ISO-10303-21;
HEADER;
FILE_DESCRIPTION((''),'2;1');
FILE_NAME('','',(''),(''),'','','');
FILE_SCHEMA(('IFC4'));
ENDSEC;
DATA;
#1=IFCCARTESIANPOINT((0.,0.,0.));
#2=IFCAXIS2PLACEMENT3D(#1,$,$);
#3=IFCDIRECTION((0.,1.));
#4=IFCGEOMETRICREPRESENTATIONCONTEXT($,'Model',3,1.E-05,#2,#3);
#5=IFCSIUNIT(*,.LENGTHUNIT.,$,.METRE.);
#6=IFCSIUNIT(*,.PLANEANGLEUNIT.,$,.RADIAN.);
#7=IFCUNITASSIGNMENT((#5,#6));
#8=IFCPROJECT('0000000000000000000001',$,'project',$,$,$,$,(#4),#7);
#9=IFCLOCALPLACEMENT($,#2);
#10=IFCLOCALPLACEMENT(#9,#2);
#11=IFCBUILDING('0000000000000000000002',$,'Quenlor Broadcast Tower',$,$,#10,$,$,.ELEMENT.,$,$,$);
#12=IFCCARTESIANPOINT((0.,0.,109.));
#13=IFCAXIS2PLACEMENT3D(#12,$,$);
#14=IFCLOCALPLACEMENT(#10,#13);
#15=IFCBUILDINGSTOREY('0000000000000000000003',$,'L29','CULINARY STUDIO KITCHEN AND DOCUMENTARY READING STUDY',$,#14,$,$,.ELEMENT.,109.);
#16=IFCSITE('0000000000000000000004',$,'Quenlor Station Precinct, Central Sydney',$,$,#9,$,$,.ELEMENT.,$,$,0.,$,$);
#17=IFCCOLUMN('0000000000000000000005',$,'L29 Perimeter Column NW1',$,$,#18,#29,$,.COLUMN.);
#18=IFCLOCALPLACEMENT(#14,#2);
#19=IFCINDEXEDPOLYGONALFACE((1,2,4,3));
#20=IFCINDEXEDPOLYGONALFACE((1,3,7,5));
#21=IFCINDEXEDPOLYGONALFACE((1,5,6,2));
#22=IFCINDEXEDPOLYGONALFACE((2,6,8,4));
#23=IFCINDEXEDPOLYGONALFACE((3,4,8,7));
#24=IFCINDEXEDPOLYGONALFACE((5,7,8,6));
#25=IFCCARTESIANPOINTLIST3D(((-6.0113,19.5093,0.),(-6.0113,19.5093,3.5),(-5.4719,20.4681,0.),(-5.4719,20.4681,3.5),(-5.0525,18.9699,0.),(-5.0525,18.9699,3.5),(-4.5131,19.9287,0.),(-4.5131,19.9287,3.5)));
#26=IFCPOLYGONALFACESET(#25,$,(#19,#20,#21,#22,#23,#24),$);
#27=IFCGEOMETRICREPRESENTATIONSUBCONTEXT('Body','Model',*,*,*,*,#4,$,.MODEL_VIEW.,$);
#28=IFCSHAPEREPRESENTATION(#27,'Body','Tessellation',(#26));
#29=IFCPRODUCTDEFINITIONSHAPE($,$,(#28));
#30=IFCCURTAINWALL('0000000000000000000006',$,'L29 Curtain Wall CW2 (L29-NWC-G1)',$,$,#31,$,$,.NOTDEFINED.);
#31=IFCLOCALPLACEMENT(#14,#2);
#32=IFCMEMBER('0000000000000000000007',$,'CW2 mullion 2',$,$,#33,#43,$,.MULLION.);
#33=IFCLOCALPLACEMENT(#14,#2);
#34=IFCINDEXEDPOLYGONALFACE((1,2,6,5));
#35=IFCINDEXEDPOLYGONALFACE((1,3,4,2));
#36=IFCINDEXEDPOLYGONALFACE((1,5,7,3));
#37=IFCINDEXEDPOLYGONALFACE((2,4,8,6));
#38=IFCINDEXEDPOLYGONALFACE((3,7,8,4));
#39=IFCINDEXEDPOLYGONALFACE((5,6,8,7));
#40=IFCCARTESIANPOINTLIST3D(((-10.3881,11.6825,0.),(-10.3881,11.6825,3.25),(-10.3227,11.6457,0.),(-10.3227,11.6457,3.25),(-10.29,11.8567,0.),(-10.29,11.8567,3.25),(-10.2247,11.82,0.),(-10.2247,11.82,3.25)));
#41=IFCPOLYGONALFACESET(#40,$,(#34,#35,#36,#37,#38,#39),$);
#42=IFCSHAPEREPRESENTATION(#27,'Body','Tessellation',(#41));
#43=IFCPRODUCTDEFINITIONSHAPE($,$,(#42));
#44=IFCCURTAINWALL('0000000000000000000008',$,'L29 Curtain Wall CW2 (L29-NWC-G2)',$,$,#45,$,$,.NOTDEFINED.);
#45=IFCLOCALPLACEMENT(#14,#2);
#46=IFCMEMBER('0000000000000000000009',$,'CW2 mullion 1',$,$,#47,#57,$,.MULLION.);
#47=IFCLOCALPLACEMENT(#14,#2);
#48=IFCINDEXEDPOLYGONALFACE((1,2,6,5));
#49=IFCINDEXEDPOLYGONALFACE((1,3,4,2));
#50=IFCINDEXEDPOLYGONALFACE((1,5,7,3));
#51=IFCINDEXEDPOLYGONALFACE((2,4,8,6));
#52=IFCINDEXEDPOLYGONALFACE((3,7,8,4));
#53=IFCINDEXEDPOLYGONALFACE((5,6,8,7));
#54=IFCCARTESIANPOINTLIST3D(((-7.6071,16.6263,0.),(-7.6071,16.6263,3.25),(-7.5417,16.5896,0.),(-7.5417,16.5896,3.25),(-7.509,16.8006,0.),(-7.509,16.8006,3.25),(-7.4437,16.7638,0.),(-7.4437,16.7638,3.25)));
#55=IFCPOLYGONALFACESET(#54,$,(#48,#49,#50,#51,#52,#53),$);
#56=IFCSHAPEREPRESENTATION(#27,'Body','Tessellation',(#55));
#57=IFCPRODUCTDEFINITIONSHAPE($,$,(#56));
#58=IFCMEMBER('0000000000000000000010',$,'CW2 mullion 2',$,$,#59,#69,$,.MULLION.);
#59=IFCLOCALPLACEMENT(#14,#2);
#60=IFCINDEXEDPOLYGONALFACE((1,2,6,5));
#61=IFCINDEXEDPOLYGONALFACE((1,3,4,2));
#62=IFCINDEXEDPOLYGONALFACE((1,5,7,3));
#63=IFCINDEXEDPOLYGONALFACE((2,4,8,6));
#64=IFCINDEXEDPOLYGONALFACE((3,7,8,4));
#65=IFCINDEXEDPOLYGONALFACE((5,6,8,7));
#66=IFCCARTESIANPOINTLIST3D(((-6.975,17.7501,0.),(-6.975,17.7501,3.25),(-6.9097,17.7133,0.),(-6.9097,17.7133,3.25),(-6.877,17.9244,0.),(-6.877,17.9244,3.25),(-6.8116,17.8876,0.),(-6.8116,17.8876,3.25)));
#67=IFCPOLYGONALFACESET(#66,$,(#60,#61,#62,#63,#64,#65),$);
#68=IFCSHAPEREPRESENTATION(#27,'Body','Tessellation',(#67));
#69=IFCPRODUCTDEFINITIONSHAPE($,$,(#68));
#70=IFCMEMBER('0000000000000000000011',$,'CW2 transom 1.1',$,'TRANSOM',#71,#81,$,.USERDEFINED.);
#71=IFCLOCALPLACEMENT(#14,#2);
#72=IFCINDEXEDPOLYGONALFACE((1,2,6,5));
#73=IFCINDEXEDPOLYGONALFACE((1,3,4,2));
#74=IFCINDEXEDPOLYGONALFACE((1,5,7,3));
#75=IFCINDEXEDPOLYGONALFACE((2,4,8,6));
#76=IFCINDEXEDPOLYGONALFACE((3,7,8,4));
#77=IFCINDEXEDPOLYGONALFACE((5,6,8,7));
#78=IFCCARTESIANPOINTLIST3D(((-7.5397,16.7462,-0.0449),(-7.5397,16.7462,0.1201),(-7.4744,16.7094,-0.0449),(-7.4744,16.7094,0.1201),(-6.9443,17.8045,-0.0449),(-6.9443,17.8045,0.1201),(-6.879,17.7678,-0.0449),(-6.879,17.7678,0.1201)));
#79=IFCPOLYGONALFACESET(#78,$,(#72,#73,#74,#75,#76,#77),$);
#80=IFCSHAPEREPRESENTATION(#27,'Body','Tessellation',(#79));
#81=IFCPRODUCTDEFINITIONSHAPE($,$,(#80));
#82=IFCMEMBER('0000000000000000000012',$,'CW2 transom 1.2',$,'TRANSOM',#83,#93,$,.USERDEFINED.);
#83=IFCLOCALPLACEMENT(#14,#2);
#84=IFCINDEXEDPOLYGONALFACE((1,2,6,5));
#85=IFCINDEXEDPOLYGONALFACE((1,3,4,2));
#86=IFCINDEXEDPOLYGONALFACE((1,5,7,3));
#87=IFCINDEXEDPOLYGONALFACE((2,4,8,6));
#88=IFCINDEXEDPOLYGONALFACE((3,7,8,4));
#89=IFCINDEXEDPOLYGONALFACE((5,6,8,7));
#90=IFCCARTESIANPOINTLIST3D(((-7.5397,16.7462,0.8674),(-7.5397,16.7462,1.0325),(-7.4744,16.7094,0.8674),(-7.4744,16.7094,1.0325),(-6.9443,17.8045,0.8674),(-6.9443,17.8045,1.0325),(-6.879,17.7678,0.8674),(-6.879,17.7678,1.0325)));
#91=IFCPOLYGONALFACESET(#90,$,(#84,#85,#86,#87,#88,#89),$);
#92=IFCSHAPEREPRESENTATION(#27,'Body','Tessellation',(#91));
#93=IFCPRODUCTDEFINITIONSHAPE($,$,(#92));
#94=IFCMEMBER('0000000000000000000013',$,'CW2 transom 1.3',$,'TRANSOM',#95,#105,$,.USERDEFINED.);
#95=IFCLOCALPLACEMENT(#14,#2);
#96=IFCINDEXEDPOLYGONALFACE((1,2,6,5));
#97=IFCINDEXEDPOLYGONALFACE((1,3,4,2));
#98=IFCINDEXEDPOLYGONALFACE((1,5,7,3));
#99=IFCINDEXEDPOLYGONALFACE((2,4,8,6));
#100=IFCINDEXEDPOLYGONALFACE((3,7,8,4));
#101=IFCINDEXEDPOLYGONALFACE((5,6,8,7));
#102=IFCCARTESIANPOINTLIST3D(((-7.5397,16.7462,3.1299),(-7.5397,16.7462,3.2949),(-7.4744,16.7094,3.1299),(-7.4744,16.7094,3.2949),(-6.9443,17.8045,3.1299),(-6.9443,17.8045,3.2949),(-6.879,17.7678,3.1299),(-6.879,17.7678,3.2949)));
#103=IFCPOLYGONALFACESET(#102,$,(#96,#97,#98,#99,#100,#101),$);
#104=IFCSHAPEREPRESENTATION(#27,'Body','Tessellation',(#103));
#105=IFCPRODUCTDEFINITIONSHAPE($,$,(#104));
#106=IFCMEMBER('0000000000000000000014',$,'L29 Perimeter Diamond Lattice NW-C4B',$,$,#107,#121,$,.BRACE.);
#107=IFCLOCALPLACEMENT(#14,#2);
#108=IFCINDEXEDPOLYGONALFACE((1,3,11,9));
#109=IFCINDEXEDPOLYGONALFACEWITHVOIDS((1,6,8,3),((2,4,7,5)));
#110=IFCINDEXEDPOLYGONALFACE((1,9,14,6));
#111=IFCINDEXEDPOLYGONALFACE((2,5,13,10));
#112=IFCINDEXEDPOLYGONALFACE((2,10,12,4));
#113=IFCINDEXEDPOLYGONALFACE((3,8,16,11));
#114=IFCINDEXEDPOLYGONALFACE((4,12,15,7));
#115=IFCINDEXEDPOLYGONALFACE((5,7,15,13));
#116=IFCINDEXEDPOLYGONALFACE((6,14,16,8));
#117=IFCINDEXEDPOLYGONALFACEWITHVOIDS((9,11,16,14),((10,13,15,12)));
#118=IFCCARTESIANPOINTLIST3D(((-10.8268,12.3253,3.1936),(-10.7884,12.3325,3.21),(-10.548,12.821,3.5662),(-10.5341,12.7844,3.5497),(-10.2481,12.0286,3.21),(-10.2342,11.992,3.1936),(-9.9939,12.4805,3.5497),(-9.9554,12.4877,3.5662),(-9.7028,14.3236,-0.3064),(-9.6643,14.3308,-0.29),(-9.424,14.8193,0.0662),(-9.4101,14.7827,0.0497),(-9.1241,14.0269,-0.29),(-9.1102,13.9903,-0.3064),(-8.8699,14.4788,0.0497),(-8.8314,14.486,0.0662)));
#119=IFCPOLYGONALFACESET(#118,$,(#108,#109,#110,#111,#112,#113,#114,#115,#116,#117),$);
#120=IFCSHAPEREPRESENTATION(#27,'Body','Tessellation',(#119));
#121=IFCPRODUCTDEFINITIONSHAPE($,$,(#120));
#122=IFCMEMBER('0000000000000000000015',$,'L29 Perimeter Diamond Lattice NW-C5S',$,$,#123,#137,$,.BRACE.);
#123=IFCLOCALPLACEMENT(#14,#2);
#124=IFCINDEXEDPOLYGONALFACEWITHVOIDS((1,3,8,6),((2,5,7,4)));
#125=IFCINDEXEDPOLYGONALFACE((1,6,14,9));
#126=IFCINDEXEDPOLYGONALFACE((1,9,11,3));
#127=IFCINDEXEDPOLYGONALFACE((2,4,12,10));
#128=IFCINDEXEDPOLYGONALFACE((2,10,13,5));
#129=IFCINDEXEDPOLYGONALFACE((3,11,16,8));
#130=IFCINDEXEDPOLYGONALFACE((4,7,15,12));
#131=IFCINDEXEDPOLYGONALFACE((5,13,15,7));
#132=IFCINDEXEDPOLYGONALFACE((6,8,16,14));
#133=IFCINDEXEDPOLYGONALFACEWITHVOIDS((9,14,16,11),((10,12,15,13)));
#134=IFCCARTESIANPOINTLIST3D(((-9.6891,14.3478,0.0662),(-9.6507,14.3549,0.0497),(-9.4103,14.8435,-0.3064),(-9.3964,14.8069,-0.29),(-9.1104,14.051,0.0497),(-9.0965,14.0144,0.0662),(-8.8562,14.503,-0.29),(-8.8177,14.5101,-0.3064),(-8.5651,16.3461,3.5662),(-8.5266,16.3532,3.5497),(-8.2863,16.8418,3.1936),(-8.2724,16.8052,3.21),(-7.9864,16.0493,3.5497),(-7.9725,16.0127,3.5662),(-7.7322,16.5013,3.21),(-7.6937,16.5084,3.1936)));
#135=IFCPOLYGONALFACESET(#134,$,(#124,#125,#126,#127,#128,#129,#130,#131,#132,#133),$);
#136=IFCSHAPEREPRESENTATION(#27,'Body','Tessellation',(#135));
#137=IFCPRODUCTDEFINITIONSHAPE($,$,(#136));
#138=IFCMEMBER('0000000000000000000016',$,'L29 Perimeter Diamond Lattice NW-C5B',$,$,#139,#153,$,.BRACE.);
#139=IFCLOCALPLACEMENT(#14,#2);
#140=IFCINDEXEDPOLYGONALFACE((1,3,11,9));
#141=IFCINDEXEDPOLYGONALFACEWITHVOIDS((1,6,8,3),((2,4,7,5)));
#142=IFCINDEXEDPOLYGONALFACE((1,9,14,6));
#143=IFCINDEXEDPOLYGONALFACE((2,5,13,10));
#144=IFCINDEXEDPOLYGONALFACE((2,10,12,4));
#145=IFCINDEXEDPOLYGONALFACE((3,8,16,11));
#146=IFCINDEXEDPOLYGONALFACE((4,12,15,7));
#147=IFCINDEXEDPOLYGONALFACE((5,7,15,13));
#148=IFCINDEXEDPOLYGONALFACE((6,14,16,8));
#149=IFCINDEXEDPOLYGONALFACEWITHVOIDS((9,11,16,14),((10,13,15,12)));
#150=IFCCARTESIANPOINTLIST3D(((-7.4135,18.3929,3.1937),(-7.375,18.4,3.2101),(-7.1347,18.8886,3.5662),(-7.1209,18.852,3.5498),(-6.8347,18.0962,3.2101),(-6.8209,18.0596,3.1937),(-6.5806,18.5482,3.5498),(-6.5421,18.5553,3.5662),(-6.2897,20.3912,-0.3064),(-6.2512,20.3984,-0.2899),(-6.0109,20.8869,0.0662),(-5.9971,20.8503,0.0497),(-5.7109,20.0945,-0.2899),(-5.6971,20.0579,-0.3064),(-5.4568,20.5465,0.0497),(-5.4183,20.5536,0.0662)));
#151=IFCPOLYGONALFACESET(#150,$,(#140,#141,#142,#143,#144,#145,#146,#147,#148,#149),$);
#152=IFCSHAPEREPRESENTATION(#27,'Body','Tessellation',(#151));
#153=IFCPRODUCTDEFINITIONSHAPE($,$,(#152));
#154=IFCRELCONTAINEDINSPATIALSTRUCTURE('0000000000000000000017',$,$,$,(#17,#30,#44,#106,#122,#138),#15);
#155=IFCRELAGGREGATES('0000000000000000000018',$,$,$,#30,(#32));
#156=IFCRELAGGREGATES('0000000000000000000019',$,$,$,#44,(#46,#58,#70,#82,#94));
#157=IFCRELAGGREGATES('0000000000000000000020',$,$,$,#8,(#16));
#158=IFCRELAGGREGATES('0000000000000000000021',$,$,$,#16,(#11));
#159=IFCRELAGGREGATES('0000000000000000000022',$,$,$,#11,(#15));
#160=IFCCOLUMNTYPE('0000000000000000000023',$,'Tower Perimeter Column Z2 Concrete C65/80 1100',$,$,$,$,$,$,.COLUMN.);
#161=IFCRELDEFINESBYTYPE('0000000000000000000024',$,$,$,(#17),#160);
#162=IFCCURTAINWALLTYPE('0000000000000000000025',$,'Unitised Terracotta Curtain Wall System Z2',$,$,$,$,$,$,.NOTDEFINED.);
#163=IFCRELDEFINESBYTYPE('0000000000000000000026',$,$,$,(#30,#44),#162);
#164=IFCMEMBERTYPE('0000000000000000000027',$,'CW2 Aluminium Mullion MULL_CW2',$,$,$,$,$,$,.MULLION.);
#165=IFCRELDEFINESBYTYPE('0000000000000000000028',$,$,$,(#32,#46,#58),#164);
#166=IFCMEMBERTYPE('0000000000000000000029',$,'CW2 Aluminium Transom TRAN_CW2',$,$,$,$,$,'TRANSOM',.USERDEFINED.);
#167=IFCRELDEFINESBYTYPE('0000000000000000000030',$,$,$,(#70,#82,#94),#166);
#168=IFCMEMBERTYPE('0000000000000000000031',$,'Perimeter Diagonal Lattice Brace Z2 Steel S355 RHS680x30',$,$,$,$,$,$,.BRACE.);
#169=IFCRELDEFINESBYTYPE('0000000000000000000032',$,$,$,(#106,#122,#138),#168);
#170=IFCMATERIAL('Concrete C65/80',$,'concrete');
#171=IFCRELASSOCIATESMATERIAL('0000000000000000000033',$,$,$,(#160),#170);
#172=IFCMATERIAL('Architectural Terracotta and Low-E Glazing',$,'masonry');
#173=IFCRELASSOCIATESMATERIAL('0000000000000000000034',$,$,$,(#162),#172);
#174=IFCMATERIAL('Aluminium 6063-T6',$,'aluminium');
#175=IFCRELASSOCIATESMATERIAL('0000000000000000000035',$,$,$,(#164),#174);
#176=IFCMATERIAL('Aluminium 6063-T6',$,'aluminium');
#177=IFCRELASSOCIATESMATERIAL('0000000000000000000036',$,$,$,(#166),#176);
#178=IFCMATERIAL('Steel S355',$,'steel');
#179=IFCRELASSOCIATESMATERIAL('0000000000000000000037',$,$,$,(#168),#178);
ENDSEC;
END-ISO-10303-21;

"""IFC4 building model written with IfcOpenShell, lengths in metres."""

from ifc_helpers import new_model, si_unit, direction, frame, origin, origin_2d, place, context, subcontext, project, spatial, rectangle, hollow_rectangle, extrude, material, material_profile, profile_set, type_object, element, aggregate, save


model = new_model("IFC4")

# Units and contexts
model_context = context("Model", 3, precision=1e-05, world=origin(), true_north=direction((0.0, 1.0)))
body_context = subcontext(model_context, "Body", "Model", "MODEL_VIEW")
ifc_project = project(units=[si_unit("LENGTHUNIT", "METRE"), si_unit("PLANEANGLEUNIT", "RADIAN")], contexts=[model_context])

# Site, building, storey
site_placement = place(None, origin())
site = spatial("IfcSite", under=ifc_project, at=site_placement, Name="Quenlor Station Precinct, Central Sydney", CompositionType="ELEMENT", RefElevation=0.0)
building_placement = place(site_placement, origin())
building = spatial("IfcBuilding", under=site, at=building_placement, Name="Quenlor Broadcast Tower", CompositionType="ELEMENT")
storey_placement = place(building_placement, frame((0.0, 0.0, 109.0)))
storey = spatial("IfcBuildingStorey", under=building, at=storey_placement, Name="L29", Description="CULINARY STUDIO KITCHEN AND DOCUMENTARY READING STUDY", CompositionType="ELEMENT", Elevation=109.0)

# Column
ifc_material_1 = material(Name="Concrete C65/80", Category="concrete")
ifc_material_profile_1 = material_profile(ifc_material_1, rectangle(XDim=1.1001, YDim=1.1001, at=origin_2d()))
ifc_profile_set_1 = profile_set([ifc_material_profile_1], Name="Concrete C65/80 RC1100x1100")
column_type = type_object("IfcColumnType", Name="Tower Perimeter Column Z2 Concrete C65/80 1100", PredefinedType="COLUMN", material=ifc_profile_set_1)
column_placement = place(storey_placement, frame((-5.2622, 19.719, 0.0), z_axis=(0.0, 0.0, 1.0), x_axis=(-0.871575, 0.490262, 0.0)))
element("IfcColumn", 1, at=column_placement, inside=storey, type_object=column_type, Name="L29 Perimeter Column NW1", PredefinedType="COLUMN", context=body_context, shape_type="SweptSolid", body=[
    extrude(rectangle(XDim=1.1001, YDim=1.1001, at=origin_2d()), origin(), (0.0, 0.0, 1.0), 3.5),
])

# Curtain wall, member
ifc_material_2 = material(Name="Architectural Terracotta and Low-E Glazing", Category="masonry")
curtain_wall_type = type_object("IfcCurtainWallType", Name="Unitised Terracotta Curtain Wall System Z2", PredefinedType="NOTDEFINED", material=ifc_material_2)
curtain_wall_1_placement = place(storey_placement, origin())
curtain_wall_1 = element("IfcCurtainWall", 2, at=curtain_wall_1_placement, inside=storey, type_object=curtain_wall_type, Name="L29 Curtain Wall CW2 (L29-NWC-G1)", PredefinedType="NOTDEFINED")
ifc_material_3 = material(Name="Aluminium 6063-T6", Category="aluminium")
ifc_material_profile_2 = material_profile(ifc_material_3, rectangle(XDim=0.075, YDim=0.2, at=origin_2d()))
ifc_profile_set_2 = profile_set([ifc_material_profile_2], Name="Aluminium 6063-T6 MULL75x200")
member_type_1 = type_object("IfcMemberType", Name="CW2 Aluminium Mullion MULL_CW2", PredefinedType="MULLION", material=ifc_profile_set_2)
member_1_placement = place(storey_placement, frame((-10.3064, 11.7512, 0.0), z_axis=(0.0, 0.0, 1.0), x_axis=(-0.871581, 0.490252, 0.0)))
member_1 = element("IfcMember", 3, at=member_1_placement, type_object=member_type_1, Name="CW2 mullion 2", PredefinedType="MULLION", context=body_context, shape_type="SweptSolid", body=[
    extrude(rectangle(XDim=0.075, YDim=0.2, at=origin_2d()), origin(), (0.0, 0.0, 1.0), 3.25),
])

# Curtain wall, members
curtain_wall_2_placement = place(storey_placement, origin())
curtain_wall_2 = element("IfcCurtainWall", 4, at=curtain_wall_2_placement, inside=storey, type_object=curtain_wall_type, Name="L29 Curtain Wall CW2 (L29-NWC-G2)", PredefinedType="NOTDEFINED")
member_2_placement = place(storey_placement, frame((-7.5254, 16.6951, 0.0), z_axis=(0.0, 0.0, 1.0), x_axis=(-0.871583, 0.490247, 0.0)))
member_2 = element("IfcMember", 5, at=member_2_placement, type_object=member_type_1, Name="CW2 mullion 1", PredefinedType="MULLION", context=body_context, shape_type="SweptSolid", body=[
    extrude(rectangle(XDim=0.075, YDim=0.2, at=origin_2d()), origin(), (0.0, 0.0, 1.0), 3.25),
])
member_3_placement = place(storey_placement, frame((-6.8933, 17.8188, 0.0), z_axis=(0.0, 0.0, 1.0), x_axis=(-0.871583, 0.490247, 0.0)))
member_3 = element("IfcMember", 6, at=member_3_placement, type_object=member_type_1, Name="CW2 mullion 2", PredefinedType="MULLION", context=body_context, shape_type="SweptSolid", body=[
    extrude(rectangle(XDim=0.075, YDim=0.2, at=origin_2d()), origin(), (0.0, 0.0, 1.0), 3.25),
])
ifc_material_4 = material(Name="Aluminium 6063-T6", Category="aluminium")
ifc_material_profile_3 = material_profile(ifc_material_4, rectangle(XDim=0.075, YDim=0.165, at=origin_2d()))
ifc_profile_set_3 = profile_set([ifc_material_profile_3], Name="Aluminium 6063-T6 TRAN75x165")
member_type_2 = type_object("IfcMemberType", Name="CW2 Aluminium Transom TRAN_CW2", ElementType="TRANSOM", PredefinedType="USERDEFINED", material=ifc_profile_set_3)
member_4_placement = place(storey_placement, frame((-7.5071, 16.7278, 0.0376), z_axis=(0.490347, 0.871527, 0.0), x_axis=(-0.871527, 0.490347, 0.0)))
member_4 = element("IfcMember", 7, at=member_4_placement, type_object=member_type_2, Name="CW2 transom 1.1", ObjectType="TRANSOM", PredefinedType="USERDEFINED", context=body_context, shape_type="SweptSolid", body=[
    extrude(rectangle(XDim=0.075, YDim=0.165, at=origin_2d()), origin(), (0.0, 0.0, 1.0), 1.2144),
])
member_5_placement = place(storey_placement, frame((-7.5071, 16.7278, 0.95), z_axis=(0.490347, 0.871527, 0.0), x_axis=(-0.871527, 0.490347, 0.0)))
member_5 = element("IfcMember", 8, at=member_5_placement, type_object=member_type_2, Name="CW2 transom 1.2", ObjectType="TRANSOM", PredefinedType="USERDEFINED", context=body_context, shape_type="SweptSolid", body=[
    extrude(rectangle(XDim=0.075, YDim=0.165, at=origin_2d()), origin(), (0.0, 0.0, 1.0), 1.2144),
])
member_6_placement = place(storey_placement, frame((-7.5071, 16.7278, 3.2124), z_axis=(0.490347, 0.871527, 0.0), x_axis=(-0.871527, 0.490347, 0.0)))
member_6 = element("IfcMember", 9, at=member_6_placement, type_object=member_type_2, Name="CW2 transom 1.3", ObjectType="TRANSOM", PredefinedType="USERDEFINED", context=body_context, shape_type="SweptSolid", body=[
    extrude(rectangle(XDim=0.075, YDim=0.165, at=origin_2d()), origin(), (0.0, 0.0, 1.0), 1.2144),
])

# Members
ifc_material_5 = material(Name="Steel S355", Category="steel")
ifc_material_profile_4 = material_profile(ifc_material_5, hollow_rectangle(XDim=0.6799, YDim=0.6799, WallThickness=0.03, at=origin_2d()))
ifc_profile_set_4 = profile_set([ifc_material_profile_4], Name="Steel S355 RHS680x680x30")
member_type_3 = type_object("IfcMemberType", Name="Perimeter Diagonal Lattice Brace Z2 Steel S355 RHS680x30", PredefinedType="BRACE", material=ifc_profile_set_4)
for number, where, z_axis, x_axis, name in (
    (10, (-9.2671, 14.4048, -0.1201), (-0.268642, -0.477593, 0.836502), (0.871578, -0.490256, 0.0), "L29 Perimeter Diamond Lattice NW-C4B"),
    (11, (-9.2534, 14.429, -0.1201), (0.268642, 0.477593, 0.836502), (-0.871578, 0.490256, 0.0), "L29 Perimeter Diamond Lattice NW-C5S"),
    (12, (-5.854, 20.4724, -0.1201), (-0.268588, -0.4776, 0.836516), (0.871624, -0.490175, 0.0), "L29 Perimeter Diamond Lattice NW-C5B"),
):
    element("IfcMember", number, at=place(storey_placement, frame(where, z_axis=z_axis, x_axis=x_axis)), inside=storey, type_object=member_type_3, Name=name, PredefinedType="BRACE", context=body_context, shape_type="SweptSolid", body=[
        extrude(hollow_rectangle(XDim=0.6799, YDim=0.6799, WallThickness=0.03, at=origin_2d()), origin(), (0.0, 0.0, 1.0), 4.1841),
    ])

aggregate(curtain_wall_1, [member_1])
aggregate(curtain_wall_2, [member_2, member_3, member_4, member_5, member_6])

save(model, "model.ifc")
